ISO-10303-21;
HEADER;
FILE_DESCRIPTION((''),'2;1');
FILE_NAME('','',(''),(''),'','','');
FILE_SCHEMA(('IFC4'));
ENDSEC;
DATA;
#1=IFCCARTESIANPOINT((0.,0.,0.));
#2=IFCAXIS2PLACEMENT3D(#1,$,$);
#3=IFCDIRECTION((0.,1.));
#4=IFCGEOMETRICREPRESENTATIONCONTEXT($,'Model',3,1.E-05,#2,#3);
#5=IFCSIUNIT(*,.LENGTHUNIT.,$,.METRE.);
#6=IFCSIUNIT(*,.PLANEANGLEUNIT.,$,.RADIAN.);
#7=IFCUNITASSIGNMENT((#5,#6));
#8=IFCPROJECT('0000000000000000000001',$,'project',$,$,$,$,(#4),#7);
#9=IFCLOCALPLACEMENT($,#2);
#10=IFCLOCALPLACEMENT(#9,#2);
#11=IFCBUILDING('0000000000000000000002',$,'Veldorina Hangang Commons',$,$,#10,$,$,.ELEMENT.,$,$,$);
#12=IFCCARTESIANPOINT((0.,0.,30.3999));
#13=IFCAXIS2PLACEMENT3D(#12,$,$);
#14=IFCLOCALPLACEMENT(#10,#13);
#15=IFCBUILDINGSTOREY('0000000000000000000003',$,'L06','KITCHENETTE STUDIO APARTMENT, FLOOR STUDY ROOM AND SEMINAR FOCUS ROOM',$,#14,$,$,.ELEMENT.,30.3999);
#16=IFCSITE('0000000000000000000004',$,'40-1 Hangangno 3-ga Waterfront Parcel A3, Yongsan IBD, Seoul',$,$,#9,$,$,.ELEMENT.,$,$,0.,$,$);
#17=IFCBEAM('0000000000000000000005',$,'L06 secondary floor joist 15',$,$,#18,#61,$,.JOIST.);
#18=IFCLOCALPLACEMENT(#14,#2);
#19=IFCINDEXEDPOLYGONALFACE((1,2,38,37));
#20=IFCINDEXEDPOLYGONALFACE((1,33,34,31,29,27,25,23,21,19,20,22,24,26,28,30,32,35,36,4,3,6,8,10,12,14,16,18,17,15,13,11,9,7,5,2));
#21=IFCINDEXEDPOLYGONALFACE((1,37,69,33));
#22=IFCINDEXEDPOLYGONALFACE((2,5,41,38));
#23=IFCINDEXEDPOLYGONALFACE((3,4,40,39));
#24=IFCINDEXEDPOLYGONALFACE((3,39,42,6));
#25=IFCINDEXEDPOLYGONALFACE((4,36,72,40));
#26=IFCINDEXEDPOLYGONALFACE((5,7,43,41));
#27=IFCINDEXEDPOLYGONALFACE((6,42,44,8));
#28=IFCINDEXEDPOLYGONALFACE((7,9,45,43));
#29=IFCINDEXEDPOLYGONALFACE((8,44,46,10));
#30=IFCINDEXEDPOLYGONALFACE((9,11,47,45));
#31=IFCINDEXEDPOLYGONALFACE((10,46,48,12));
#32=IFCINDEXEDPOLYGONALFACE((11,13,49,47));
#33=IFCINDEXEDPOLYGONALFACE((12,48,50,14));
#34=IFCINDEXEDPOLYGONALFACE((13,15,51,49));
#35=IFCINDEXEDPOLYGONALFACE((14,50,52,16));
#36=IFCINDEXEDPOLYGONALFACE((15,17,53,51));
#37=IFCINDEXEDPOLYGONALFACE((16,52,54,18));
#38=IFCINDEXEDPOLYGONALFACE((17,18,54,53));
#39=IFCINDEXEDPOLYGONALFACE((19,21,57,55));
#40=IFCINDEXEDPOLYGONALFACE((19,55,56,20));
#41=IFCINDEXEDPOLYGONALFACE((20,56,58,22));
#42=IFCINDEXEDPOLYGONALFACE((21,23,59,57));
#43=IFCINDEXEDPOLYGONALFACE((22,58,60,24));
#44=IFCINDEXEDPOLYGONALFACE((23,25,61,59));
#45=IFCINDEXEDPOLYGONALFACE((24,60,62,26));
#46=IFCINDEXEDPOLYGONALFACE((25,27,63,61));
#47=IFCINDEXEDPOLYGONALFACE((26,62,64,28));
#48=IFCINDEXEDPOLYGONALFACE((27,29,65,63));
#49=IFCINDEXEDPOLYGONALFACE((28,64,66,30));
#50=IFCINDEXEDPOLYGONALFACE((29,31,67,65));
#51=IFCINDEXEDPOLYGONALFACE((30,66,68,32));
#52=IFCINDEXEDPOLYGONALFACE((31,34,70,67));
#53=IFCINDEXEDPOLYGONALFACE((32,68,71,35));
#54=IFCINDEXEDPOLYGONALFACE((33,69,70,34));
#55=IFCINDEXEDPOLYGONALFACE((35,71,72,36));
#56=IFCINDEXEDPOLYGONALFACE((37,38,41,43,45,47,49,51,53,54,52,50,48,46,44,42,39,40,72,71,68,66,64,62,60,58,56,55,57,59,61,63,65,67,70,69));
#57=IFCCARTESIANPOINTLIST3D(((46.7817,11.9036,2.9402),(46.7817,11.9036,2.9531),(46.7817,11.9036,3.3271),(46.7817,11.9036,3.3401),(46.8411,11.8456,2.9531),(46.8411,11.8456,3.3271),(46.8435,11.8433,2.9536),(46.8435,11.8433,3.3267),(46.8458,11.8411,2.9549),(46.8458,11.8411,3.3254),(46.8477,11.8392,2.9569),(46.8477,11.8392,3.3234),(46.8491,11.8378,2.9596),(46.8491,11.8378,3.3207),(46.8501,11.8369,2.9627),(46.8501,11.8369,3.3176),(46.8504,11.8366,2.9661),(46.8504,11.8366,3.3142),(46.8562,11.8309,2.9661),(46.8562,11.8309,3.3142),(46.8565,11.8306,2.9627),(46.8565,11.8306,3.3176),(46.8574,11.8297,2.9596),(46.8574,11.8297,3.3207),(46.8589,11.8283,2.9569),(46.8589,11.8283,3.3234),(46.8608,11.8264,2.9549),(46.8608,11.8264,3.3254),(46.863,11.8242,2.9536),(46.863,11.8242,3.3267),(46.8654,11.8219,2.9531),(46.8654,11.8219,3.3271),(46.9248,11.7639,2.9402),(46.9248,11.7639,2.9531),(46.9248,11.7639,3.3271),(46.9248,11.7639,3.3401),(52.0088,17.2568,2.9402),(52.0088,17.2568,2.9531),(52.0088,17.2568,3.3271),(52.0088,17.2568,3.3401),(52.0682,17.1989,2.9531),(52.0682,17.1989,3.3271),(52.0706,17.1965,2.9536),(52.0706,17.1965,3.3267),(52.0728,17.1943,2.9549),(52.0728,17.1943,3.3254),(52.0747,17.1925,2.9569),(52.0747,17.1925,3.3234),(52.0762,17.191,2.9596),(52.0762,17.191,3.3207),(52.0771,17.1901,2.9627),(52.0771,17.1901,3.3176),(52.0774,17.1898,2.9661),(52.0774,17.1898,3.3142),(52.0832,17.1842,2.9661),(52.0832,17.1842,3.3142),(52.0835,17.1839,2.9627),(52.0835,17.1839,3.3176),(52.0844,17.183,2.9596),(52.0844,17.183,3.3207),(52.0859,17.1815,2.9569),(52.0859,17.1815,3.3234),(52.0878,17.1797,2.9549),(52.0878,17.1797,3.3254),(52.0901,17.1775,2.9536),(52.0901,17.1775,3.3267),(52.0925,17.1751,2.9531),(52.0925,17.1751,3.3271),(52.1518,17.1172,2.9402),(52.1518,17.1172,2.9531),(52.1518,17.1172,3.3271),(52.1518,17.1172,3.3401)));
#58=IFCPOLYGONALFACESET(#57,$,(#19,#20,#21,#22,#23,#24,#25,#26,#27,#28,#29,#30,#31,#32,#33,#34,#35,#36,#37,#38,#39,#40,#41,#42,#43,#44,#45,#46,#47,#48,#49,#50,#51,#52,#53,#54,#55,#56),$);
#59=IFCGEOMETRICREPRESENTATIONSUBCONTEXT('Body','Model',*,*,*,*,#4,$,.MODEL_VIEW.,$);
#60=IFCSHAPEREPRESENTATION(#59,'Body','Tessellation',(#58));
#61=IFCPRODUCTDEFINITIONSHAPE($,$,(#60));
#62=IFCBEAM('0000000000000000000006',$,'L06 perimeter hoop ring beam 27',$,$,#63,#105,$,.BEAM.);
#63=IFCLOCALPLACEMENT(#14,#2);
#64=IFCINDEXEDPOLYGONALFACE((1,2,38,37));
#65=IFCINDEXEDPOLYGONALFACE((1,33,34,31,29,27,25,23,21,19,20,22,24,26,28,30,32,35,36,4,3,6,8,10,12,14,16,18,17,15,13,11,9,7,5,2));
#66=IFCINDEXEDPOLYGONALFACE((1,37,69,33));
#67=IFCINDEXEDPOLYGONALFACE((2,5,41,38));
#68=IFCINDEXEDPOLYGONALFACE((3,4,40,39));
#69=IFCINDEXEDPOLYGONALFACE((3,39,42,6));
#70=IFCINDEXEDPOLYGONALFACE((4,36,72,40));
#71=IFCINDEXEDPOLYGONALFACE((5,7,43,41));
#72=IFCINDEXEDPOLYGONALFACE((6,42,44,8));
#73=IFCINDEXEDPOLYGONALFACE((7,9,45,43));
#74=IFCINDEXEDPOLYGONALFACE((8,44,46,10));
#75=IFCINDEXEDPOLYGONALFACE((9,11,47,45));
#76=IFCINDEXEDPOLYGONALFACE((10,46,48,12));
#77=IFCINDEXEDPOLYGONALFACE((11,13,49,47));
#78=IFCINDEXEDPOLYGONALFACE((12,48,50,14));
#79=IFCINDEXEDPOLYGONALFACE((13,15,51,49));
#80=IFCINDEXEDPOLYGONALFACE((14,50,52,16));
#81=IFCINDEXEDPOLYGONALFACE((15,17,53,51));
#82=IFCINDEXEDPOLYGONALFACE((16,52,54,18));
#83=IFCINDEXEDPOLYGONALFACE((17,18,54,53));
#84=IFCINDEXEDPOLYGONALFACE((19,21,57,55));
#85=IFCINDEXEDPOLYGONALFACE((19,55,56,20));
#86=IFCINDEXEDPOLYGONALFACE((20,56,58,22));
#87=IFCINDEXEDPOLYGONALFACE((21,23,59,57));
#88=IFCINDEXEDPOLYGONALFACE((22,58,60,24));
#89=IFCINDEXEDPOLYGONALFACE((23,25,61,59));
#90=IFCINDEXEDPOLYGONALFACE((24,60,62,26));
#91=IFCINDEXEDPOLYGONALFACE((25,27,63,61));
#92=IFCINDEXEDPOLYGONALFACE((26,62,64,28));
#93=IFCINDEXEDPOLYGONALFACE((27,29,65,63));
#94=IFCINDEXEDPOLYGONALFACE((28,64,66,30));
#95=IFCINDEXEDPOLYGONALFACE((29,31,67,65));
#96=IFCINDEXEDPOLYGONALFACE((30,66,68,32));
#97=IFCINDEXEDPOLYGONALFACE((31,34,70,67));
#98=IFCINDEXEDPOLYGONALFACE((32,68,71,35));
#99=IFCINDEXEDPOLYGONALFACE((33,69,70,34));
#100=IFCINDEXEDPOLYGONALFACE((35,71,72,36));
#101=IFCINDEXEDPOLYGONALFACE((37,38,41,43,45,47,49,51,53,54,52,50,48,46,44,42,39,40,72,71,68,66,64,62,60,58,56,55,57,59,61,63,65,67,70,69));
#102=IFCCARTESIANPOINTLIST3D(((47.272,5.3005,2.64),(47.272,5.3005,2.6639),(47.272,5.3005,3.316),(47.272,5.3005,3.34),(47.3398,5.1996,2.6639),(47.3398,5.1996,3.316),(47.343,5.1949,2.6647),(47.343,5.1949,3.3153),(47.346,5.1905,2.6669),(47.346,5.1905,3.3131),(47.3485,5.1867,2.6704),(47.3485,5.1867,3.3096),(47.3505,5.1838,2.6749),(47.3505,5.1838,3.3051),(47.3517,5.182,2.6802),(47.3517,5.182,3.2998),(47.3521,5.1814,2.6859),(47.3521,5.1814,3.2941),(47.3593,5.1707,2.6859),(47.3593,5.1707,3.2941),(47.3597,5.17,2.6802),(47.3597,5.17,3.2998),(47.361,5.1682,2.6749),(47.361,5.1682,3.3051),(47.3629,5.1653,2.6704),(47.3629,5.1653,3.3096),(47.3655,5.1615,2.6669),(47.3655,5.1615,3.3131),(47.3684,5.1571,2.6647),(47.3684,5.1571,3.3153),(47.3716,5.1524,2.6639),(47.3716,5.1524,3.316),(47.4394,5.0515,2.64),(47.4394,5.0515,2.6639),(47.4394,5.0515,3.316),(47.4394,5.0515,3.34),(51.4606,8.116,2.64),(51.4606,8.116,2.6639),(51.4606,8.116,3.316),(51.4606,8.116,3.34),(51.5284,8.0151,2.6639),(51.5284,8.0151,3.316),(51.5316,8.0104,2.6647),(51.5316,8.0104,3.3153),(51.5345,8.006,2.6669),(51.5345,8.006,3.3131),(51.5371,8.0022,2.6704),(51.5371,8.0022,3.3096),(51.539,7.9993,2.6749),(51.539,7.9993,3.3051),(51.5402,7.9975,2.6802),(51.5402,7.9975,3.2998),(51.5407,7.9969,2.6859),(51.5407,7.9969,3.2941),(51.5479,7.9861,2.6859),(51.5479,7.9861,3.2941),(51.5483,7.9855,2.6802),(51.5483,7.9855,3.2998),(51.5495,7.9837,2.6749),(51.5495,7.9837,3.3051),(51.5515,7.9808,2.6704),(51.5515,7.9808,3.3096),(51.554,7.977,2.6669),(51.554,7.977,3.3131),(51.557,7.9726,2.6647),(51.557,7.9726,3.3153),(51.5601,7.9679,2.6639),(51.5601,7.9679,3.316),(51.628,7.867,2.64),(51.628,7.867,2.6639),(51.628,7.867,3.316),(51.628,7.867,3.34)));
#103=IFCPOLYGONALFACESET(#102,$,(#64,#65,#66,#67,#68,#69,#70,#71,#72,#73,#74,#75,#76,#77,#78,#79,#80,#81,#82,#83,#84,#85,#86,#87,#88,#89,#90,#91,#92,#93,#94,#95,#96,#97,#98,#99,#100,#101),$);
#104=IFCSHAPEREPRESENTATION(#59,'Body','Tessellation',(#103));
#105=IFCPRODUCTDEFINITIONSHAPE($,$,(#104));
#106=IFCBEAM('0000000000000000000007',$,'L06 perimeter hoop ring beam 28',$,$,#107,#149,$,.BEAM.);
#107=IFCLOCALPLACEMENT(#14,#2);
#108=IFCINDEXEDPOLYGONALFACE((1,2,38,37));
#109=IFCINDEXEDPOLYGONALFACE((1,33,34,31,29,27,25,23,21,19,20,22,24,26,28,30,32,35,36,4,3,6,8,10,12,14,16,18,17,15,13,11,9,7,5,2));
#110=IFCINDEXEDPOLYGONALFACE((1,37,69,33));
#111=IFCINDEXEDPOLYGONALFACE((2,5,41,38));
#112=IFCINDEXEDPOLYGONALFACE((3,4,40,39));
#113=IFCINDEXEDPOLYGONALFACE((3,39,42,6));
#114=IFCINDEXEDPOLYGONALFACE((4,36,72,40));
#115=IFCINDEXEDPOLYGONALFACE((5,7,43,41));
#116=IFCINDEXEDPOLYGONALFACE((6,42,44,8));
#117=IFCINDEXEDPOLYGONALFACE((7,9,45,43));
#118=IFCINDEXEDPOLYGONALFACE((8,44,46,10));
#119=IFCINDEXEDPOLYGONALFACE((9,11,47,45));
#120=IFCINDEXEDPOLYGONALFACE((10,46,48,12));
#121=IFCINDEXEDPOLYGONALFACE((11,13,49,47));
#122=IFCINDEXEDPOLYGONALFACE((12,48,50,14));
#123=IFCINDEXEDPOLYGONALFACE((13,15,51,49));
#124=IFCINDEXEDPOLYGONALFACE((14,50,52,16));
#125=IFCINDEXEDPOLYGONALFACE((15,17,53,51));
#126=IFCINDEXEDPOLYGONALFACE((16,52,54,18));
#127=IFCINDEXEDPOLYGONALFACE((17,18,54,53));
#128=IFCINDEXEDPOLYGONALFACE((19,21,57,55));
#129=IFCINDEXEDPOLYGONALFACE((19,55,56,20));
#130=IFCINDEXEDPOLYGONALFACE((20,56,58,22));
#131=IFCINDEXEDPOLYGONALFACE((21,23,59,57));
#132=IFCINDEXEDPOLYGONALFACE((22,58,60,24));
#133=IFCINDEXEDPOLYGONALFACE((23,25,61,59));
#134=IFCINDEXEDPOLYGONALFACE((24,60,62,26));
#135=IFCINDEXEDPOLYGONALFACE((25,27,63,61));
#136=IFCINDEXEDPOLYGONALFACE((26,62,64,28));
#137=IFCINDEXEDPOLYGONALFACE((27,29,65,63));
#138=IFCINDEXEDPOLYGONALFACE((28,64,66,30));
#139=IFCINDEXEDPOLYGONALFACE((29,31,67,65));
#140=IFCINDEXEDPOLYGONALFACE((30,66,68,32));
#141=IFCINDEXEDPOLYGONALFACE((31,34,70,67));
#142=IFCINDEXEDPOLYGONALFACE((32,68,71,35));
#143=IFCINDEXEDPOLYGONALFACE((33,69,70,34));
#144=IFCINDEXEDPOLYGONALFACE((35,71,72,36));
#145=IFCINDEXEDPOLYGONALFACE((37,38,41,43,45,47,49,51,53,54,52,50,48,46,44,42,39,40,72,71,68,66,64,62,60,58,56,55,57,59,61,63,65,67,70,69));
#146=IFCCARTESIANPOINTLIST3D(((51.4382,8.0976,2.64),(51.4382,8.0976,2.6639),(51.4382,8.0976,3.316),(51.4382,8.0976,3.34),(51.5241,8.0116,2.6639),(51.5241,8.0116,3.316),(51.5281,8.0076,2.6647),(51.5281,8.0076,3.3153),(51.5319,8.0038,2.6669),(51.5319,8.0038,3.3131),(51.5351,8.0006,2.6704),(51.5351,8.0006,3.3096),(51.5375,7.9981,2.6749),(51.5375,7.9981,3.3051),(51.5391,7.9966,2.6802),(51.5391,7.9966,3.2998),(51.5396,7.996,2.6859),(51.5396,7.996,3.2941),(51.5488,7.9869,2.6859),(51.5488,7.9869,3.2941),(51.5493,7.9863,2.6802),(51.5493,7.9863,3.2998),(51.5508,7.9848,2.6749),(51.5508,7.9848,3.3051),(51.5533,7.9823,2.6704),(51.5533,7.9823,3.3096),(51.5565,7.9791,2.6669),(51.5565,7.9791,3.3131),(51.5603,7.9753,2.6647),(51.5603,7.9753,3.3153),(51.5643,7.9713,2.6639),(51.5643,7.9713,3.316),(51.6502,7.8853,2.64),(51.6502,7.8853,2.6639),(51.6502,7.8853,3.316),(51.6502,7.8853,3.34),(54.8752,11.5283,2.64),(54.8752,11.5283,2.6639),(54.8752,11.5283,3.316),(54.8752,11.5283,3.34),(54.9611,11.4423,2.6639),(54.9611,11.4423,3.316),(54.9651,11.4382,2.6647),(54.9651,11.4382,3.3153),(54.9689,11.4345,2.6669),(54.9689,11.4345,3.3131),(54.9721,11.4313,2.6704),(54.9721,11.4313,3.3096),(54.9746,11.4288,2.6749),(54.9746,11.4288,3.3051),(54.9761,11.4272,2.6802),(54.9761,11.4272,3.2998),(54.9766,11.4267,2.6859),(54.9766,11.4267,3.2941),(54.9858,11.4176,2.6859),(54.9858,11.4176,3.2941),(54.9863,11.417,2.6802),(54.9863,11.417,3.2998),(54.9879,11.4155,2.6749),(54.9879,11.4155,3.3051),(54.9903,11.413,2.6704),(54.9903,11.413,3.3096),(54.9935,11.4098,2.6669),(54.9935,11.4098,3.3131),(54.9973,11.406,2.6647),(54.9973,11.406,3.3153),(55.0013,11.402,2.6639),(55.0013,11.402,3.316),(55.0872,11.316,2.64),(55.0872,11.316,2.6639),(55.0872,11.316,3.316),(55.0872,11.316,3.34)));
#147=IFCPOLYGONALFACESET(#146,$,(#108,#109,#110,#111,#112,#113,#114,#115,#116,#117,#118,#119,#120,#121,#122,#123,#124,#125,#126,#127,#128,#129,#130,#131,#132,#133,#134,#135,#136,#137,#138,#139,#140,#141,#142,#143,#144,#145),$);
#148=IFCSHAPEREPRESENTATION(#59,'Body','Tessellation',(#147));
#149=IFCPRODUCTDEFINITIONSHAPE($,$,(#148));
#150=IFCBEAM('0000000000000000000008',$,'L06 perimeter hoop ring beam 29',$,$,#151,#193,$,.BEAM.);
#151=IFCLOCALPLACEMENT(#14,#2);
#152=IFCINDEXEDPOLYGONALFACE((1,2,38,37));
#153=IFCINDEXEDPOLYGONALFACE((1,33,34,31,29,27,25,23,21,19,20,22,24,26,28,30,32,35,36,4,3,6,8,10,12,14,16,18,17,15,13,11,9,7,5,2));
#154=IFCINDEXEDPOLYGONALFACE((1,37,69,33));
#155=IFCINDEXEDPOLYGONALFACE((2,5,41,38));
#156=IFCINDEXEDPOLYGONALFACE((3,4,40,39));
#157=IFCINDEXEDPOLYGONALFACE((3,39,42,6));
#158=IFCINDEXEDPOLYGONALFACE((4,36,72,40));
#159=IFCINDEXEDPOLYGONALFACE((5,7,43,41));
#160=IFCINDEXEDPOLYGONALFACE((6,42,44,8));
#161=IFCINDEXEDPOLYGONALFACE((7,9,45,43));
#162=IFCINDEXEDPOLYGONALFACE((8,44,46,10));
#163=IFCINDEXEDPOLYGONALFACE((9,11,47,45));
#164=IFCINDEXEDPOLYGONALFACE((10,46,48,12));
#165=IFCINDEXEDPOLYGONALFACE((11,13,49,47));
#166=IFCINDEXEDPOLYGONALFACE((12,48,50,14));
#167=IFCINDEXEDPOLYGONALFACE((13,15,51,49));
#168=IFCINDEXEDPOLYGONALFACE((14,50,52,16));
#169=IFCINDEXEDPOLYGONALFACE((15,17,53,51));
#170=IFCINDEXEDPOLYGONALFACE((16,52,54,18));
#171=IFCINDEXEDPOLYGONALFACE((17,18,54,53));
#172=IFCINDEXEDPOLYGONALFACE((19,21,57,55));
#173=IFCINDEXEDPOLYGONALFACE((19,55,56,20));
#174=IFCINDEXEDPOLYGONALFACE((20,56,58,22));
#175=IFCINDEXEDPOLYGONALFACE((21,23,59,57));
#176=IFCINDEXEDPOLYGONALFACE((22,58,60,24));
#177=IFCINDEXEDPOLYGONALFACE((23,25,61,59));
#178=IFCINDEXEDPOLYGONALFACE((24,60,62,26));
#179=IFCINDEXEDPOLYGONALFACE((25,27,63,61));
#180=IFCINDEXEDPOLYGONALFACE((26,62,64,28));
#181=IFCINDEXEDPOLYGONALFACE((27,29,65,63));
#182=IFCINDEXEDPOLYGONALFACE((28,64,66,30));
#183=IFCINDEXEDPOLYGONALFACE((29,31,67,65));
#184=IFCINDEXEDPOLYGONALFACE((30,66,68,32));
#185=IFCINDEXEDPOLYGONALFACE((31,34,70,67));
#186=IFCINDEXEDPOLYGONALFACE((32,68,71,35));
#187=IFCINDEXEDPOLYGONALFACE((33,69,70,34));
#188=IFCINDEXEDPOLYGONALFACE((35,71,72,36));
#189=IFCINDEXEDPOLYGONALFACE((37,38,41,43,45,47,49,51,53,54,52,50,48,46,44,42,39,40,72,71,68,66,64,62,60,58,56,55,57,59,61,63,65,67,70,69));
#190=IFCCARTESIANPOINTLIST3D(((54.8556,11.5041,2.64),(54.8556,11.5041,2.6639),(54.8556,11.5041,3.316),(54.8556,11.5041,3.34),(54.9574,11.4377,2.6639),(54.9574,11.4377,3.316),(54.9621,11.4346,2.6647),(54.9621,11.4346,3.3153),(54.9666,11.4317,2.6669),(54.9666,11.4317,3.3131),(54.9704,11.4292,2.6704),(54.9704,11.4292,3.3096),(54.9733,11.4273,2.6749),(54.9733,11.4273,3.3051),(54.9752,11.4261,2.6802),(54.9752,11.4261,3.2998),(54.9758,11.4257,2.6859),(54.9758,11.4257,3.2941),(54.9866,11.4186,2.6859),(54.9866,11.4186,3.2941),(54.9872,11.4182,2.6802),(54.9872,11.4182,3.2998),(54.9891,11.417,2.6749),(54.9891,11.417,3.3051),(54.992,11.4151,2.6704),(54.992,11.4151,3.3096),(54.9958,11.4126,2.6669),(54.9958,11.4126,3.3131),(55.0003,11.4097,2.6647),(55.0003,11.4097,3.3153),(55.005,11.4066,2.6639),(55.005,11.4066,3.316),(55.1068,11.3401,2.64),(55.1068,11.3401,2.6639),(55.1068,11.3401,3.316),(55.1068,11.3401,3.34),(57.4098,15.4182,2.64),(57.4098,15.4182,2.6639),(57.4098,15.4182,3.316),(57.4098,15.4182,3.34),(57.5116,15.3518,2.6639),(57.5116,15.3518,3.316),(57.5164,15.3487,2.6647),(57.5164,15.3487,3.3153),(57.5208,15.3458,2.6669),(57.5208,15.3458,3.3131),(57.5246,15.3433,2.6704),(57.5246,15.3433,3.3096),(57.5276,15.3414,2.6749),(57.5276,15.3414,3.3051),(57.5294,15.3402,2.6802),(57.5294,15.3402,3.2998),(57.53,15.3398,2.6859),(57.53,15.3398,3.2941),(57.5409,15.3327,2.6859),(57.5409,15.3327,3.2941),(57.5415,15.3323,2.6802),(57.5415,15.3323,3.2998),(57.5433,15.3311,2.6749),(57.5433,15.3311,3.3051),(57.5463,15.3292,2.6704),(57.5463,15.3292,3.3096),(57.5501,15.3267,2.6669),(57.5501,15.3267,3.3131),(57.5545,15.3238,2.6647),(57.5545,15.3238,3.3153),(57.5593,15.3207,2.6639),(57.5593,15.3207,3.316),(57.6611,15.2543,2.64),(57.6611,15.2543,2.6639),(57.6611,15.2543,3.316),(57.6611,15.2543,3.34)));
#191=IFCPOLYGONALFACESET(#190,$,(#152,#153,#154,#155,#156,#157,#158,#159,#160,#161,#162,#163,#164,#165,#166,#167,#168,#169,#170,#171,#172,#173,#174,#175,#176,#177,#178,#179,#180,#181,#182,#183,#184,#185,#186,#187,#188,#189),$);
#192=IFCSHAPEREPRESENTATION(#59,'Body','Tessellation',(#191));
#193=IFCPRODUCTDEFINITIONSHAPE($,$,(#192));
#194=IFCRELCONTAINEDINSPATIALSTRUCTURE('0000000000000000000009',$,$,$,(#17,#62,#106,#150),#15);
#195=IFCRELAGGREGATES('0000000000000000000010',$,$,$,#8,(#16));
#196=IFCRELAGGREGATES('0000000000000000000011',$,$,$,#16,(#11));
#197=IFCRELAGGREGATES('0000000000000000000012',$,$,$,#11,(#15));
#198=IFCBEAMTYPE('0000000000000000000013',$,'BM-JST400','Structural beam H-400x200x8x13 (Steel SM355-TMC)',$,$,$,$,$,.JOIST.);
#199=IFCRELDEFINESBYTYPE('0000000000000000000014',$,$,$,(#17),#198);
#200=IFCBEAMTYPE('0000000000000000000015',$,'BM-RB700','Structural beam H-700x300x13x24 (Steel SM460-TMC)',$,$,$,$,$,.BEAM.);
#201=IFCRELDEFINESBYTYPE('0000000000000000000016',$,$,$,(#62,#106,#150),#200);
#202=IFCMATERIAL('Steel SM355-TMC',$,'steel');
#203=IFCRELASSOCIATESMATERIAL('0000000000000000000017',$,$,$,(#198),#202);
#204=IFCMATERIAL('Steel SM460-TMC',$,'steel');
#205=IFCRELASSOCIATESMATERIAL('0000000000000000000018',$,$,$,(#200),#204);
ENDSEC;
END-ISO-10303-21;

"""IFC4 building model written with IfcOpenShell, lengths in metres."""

from ifc_helpers import new_model, si_unit, direction, frame, origin, origin_2d, place, context, subcontext, project, spatial, i_section, extrude, material, material_profile, profile_set, type_object, element, save


model = new_model("IFC4")

# Units and contexts
model_context = context("Model", 3, precision=1e-05, world=origin(), true_north=direction((0.0, 1.0)))
body_context = subcontext(model_context, "Body", "Model", "MODEL_VIEW")
ifc_project = project(units=[si_unit("LENGTHUNIT", "METRE"), si_unit("PLANEANGLEUNIT", "RADIAN")], contexts=[model_context])

# Site, building, storey
site_placement = place(None, origin())
site = spatial("IfcSite", under=ifc_project, at=site_placement, Name="40-1 Hangangno 3-ga Waterfront Parcel A3, Yongsan IBD, Seoul", CompositionType="ELEMENT", RefElevation=0.0)
building_placement = place(site_placement, origin())
building = spatial("IfcBuilding", under=site, at=building_placement, Name="Veldorina Hangang Commons", CompositionType="ELEMENT")
storey_placement = place(building_placement, frame((0.0, 0.0, 30.3999)))
storey = spatial("IfcBuildingStorey", under=building, at=storey_placement, Name="L06", Description="KITCHENETTE STUDIO APARTMENT, FLOOR STUDY ROOM AND SEMINAR FOCUS ROOM", CompositionType="ELEMENT", Elevation=30.3999)

# Beams
ifc_material_1 = material(Name="Steel SM355-TMC", Category="steel")
ifc_material_profile_1 = material_profile(ifc_material_1, i_section(OverallWidth=0.2, OverallDepth=0.3999, WebThickness=0.0081, FlangeThickness=0.0129, FilletRadius=0.0129, at=origin_2d()), Name="H-400x200x8x13")
ifc_profile_set_1 = profile_set([ifc_material_profile_1], Name="Steel SM355-TMC")
beam_type_1 = type_object("IfcBeamType", Name="BM-JST400", Description="Structural beam H-400x200x8x13 (Steel SM355-TMC)", PredefinedType="JOIST", material=ifc_profile_set_1)
beam_1_placement = place(storey_placement, frame((46.8533, 11.8337, 3.1401), z_axis=(0.698621, 0.715491, 0.0), x_axis=(-0.715491, 0.698621, 0.0)))
element("IfcBeam", 1, at=beam_1_placement, inside=storey, type_object=beam_type_1, Name="L06 secondary floor joist 15", PredefinedType="JOIST", context=body_context, shape_type="SweptSolid", body=[
    extrude(i_section(OverallWidth=0.2, OverallDepth=0.3999, WebThickness=0.0081, FlangeThickness=0.0129, FilletRadius=0.0129, at=origin_2d()), origin(), (0.0, 0.0, 1.0), 7.4819),
])
ifc_material_2 = material(Name="Steel SM460-TMC", Category="steel")
ifc_material_profile_2 = material_profile(ifc_material_2, i_section(OverallWidth=0.3, OverallDepth=0.7, WebThickness=0.0129, FlangeThickness=0.0239, FilletRadius=0.022, at=origin_2d()), Name="H-700x300x13x24")
ifc_profile_set_2 = profile_set([ifc_material_profile_2], Name="Steel SM460-TMC")
beam_type_2 = type_object("IfcBeamType", Name="BM-RB700", Description="Structural beam H-700x300x13x24 (Steel SM460-TMC)", PredefinedType="BEAM", material=ifc_profile_set_2)
beam_2_placement = place(storey_placement, frame((47.3557, 5.176, 2.99), z_axis=(0.829931, 0.557867, 0.0), x_axis=(-0.557867, 0.829931, 0.0)))
element("IfcBeam", 2, at=beam_2_placement, inside=storey, type_object=beam_type_2, Name="L06 perimeter hoop ring beam 27", PredefinedType="BEAM", context=body_context, shape_type="SweptSolid", body=[
    extrude(i_section(OverallWidth=0.3, OverallDepth=0.7, WebThickness=0.0129, FlangeThickness=0.0239, FilletRadius=0.022, at=origin_2d()), origin(), (0.0, 0.0, 1.0), 5.0469),
])
beam_3_placement = place(storey_placement, frame((51.5442, 7.9915, 2.99), z_axis=(0.70776, 0.706453, 0.0), x_axis=(-0.706453, 0.70776, 0.0)))
element("IfcBeam", 3, at=beam_3_placement, inside=storey, type_object=beam_type_2, Name="L06 perimeter hoop ring beam 28", PredefinedType="BEAM", context=body_context, shape_type="SweptSolid", body=[
    extrude(i_section(OverallWidth=0.3, OverallDepth=0.7, WebThickness=0.0129, FlangeThickness=0.0239, FilletRadius=0.022, at=origin_2d()), origin(), (0.0, 0.0, 1.0), 4.8562),
])
beam_4_placement = place(storey_placement, frame((54.9812, 11.4221, 2.99), z_axis=(0.5465, 0.837459, 0.0), x_axis=(-0.837459, 0.5465, 0.0)))
element("IfcBeam", 4, at=beam_4_placement, inside=storey, type_object=beam_type_2, Name="L06 perimeter hoop ring beam 29", PredefinedType="BEAM", context=body_context, shape_type="SweptSolid", body=[
    extrude(i_section(OverallWidth=0.3, OverallDepth=0.7, WebThickness=0.0129, FlangeThickness=0.0239, FilletRadius=0.022, at=origin_2d()), origin(), (0.0, 0.0, 1.0), 4.6738),
])

save(model, "model.ifc")
